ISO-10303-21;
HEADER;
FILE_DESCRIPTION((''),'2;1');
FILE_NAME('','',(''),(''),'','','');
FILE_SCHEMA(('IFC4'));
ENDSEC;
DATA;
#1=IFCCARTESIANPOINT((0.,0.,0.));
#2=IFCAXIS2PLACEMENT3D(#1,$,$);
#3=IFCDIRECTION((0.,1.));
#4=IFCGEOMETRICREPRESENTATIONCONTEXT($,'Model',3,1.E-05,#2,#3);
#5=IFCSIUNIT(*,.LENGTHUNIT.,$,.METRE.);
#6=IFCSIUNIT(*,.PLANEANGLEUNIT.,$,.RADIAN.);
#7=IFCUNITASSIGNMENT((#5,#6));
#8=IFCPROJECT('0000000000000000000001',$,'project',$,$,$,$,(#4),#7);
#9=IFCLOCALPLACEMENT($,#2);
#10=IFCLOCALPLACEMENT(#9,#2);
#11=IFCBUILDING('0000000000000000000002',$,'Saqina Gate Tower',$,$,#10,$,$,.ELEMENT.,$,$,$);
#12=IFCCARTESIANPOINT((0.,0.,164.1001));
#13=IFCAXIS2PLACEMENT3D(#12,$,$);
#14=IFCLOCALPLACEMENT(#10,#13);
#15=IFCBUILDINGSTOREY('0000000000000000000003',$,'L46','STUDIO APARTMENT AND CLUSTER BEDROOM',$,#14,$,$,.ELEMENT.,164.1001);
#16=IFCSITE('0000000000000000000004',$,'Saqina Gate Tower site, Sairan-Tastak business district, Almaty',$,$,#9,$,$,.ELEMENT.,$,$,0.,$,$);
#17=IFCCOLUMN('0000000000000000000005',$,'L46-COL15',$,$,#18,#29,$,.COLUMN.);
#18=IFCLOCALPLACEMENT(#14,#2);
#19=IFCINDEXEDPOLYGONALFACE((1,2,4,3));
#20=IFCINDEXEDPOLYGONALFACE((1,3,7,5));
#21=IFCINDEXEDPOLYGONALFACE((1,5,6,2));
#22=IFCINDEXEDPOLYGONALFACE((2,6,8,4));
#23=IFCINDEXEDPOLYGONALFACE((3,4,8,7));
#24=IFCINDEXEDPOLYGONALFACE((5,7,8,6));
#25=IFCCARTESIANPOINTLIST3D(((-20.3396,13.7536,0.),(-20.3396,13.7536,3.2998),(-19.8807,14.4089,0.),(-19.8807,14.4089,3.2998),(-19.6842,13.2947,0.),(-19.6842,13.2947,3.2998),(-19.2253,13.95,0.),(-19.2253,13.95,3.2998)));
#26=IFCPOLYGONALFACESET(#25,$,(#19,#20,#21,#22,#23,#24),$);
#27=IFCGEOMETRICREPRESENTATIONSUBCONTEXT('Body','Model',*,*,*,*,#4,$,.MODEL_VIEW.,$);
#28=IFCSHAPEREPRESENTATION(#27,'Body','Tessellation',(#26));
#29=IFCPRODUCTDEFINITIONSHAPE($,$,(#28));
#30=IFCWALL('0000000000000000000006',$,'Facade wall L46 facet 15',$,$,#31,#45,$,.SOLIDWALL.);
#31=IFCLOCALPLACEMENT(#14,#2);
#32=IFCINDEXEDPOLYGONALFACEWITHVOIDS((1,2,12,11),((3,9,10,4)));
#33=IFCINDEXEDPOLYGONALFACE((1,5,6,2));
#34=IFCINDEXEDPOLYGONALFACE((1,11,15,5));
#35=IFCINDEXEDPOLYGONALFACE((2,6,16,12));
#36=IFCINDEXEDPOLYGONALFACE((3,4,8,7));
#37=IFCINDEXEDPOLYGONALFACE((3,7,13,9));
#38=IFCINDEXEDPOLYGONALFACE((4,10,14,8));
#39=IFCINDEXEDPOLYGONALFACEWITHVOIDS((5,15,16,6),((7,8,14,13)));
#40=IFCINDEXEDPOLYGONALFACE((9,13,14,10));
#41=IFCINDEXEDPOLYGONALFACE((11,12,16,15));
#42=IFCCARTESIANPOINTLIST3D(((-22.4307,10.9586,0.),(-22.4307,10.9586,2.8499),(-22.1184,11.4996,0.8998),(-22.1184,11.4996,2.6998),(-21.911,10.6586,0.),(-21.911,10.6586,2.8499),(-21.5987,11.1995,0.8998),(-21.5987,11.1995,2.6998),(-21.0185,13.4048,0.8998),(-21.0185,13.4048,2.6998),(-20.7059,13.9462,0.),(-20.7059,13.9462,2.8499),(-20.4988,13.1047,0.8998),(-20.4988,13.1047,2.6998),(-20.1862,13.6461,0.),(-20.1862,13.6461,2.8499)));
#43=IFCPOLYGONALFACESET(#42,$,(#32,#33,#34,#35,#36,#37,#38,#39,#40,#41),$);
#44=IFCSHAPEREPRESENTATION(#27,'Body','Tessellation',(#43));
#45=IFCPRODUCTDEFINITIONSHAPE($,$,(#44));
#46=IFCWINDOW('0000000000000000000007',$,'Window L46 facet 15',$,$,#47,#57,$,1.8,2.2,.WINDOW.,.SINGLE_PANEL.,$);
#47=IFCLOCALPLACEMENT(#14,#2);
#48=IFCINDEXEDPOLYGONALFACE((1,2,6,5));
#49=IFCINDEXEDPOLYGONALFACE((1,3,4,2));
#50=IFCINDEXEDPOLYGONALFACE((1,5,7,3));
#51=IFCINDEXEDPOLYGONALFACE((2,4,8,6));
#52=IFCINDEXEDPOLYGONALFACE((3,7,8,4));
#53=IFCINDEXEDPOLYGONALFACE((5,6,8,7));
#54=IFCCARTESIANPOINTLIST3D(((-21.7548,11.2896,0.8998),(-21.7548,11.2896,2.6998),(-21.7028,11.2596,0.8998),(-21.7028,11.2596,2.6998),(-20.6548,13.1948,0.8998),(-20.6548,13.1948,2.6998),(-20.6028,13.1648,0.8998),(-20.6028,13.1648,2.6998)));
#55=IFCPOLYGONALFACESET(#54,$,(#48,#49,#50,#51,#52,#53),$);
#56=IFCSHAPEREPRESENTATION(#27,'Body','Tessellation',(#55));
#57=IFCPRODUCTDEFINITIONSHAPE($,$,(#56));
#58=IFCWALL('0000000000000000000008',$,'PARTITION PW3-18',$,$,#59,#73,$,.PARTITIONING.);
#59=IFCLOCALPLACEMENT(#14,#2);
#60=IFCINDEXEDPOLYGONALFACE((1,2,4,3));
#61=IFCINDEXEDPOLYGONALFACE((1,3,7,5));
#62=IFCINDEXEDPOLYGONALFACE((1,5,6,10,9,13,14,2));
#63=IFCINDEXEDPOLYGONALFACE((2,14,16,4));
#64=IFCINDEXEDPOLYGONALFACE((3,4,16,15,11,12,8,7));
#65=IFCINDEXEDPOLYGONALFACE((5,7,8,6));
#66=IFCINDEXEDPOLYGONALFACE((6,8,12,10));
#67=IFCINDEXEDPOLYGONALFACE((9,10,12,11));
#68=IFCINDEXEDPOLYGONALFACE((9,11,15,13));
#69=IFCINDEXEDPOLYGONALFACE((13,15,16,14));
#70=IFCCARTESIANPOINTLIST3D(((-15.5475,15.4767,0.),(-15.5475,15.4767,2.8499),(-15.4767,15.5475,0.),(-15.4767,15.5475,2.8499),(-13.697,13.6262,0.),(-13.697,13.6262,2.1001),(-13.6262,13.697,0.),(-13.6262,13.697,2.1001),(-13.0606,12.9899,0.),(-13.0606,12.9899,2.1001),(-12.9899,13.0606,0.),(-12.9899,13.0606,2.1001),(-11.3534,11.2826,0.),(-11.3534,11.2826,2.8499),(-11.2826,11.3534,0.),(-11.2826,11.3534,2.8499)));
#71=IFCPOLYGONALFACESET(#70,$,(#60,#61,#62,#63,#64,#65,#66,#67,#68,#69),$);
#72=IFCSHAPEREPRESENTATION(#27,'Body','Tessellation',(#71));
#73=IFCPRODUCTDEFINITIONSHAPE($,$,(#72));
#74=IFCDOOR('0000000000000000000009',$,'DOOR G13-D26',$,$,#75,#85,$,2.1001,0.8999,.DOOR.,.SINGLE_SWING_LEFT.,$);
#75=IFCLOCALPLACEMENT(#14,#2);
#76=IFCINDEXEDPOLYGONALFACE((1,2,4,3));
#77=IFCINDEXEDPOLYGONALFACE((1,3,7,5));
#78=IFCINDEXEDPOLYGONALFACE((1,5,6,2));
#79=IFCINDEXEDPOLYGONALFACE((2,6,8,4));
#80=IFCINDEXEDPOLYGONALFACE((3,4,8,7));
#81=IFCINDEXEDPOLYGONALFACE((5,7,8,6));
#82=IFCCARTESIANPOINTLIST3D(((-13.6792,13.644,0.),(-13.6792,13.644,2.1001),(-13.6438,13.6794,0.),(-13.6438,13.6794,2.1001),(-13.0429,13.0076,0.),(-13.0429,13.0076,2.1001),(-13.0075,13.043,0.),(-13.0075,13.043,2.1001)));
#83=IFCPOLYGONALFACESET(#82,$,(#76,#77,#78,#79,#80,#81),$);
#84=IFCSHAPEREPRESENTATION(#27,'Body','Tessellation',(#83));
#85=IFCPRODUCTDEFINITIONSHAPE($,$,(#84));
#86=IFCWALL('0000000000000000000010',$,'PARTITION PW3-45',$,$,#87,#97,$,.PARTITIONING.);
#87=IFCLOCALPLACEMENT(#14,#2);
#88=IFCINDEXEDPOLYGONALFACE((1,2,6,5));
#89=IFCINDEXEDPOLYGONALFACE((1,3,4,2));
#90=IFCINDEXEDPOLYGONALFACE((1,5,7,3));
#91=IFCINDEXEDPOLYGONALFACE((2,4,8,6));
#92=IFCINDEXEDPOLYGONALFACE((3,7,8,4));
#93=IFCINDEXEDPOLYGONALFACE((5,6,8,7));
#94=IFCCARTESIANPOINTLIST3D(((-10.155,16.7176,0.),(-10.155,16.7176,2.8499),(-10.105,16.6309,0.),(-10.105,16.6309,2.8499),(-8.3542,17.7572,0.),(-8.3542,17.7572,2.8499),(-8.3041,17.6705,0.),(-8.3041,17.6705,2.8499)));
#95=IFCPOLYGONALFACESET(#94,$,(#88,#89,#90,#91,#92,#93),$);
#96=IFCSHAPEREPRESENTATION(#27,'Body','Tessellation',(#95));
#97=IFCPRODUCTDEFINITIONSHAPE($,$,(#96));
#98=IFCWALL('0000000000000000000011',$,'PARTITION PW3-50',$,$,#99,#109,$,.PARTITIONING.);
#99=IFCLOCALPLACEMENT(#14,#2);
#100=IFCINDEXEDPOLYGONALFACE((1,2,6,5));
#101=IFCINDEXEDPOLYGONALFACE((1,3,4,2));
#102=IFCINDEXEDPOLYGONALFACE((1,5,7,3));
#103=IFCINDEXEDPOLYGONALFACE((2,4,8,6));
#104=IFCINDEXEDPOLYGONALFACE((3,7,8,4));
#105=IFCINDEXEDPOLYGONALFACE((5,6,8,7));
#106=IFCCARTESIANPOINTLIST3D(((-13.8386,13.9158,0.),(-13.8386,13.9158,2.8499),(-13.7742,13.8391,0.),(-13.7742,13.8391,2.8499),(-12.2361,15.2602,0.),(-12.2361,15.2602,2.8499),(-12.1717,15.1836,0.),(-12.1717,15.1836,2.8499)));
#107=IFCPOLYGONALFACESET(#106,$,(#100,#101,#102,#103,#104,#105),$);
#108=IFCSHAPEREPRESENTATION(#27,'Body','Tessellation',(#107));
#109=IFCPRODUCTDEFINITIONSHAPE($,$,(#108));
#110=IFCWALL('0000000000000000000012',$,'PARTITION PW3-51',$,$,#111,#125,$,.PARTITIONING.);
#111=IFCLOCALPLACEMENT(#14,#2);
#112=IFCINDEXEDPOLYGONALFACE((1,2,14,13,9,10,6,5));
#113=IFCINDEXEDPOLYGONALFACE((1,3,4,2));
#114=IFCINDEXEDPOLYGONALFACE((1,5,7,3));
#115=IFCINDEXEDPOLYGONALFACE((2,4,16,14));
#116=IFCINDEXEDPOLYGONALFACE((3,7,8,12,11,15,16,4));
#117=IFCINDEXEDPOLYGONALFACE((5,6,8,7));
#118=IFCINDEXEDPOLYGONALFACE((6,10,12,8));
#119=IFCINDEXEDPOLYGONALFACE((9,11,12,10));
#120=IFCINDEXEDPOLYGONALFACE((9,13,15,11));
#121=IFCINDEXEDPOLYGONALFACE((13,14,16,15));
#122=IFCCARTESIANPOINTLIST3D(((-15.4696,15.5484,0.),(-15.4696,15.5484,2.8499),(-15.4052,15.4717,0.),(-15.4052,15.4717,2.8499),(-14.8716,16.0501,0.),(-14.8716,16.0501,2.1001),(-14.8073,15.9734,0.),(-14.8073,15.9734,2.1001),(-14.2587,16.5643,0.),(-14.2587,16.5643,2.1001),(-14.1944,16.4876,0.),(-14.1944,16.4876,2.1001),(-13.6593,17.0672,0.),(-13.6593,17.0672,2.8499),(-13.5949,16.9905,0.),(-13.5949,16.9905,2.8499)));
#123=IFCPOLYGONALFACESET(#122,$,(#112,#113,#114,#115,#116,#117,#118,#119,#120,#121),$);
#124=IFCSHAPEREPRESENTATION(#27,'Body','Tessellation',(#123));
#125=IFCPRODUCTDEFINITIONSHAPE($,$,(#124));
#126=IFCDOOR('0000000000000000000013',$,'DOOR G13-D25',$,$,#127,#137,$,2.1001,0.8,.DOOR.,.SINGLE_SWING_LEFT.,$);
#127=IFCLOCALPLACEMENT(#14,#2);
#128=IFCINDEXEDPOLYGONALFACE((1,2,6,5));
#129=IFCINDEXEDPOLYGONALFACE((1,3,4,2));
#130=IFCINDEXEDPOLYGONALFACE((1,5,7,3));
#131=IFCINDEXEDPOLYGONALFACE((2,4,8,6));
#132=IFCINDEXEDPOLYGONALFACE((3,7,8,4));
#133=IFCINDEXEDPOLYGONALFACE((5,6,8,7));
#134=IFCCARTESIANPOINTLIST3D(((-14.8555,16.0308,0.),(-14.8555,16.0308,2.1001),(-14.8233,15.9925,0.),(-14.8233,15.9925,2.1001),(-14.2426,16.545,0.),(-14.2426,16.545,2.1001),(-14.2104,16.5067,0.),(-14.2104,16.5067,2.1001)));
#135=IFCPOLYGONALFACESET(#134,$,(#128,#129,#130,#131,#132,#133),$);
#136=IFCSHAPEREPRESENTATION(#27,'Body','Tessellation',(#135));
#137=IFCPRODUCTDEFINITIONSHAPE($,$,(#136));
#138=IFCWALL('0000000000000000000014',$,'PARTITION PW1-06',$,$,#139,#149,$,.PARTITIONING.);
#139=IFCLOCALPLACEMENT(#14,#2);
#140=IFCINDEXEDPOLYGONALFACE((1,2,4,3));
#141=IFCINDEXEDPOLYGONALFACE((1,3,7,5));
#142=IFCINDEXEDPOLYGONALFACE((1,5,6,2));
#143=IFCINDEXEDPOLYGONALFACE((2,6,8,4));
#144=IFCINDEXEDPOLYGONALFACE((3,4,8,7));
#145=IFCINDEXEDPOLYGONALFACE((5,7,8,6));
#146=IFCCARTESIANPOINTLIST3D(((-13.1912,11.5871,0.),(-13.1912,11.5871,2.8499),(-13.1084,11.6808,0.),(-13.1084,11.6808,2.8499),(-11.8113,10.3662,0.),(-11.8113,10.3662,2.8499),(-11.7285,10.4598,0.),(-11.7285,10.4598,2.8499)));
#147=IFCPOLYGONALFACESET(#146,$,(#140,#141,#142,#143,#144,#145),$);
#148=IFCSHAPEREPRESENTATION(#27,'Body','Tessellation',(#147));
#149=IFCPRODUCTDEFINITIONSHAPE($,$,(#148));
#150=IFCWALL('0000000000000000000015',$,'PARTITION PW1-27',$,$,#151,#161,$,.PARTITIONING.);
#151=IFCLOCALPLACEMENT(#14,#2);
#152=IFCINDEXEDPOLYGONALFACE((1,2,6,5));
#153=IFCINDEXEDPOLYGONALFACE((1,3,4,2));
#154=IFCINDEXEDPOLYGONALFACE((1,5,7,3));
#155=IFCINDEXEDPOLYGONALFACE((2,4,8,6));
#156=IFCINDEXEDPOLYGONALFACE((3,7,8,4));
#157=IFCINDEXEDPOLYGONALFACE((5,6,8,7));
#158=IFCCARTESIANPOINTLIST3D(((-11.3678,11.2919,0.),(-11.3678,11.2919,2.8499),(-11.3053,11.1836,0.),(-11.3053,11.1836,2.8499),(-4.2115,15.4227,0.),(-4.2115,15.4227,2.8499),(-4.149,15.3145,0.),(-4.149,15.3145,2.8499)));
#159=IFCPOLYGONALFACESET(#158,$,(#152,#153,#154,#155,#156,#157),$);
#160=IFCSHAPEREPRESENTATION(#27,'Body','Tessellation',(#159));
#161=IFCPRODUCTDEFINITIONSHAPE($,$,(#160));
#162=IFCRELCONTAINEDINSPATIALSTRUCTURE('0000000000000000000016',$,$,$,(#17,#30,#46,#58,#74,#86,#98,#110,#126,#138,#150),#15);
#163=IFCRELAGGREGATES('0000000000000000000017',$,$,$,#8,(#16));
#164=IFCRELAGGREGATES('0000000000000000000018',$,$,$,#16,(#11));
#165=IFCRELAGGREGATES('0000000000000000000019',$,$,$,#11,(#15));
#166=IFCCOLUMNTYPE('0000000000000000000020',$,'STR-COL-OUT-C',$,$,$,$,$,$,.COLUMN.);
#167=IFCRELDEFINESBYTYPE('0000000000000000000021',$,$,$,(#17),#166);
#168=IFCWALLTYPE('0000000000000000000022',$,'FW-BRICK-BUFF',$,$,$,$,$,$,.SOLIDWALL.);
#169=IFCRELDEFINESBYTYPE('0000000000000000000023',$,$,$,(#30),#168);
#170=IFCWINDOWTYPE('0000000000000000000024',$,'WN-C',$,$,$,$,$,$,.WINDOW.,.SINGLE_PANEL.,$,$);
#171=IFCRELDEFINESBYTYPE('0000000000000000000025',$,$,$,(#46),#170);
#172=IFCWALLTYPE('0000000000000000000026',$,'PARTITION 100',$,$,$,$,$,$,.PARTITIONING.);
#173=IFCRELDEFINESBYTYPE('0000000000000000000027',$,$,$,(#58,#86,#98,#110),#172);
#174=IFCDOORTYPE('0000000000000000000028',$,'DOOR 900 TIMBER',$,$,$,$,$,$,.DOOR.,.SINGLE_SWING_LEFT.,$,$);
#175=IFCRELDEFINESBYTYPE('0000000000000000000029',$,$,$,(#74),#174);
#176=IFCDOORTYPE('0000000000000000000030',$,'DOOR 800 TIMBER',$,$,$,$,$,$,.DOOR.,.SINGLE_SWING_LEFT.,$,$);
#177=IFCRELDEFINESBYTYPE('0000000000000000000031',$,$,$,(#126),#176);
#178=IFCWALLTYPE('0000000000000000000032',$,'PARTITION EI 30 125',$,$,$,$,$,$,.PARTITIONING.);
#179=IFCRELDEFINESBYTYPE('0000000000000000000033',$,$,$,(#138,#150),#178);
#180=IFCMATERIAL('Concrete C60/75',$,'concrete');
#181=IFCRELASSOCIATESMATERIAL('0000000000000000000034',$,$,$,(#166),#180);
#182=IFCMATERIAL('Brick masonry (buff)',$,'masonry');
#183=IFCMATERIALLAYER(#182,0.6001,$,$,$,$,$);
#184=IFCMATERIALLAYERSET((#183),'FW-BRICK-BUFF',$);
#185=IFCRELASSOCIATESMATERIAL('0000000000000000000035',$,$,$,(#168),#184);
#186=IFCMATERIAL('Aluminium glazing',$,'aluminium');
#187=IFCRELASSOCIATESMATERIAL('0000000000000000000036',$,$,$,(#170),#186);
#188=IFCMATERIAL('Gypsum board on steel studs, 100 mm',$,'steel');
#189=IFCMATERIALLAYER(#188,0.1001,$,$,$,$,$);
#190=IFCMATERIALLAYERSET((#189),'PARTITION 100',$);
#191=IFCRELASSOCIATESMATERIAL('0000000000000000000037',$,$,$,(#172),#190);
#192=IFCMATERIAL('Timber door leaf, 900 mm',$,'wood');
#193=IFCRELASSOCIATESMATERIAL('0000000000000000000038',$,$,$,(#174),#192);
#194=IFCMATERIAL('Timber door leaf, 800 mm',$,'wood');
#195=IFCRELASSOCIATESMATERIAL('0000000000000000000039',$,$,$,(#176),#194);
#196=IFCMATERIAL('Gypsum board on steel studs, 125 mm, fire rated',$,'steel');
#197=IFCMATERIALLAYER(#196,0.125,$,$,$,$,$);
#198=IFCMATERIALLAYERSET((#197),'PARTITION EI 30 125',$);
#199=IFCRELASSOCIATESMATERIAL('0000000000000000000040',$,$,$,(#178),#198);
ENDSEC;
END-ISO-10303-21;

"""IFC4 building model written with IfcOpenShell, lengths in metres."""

from ifc_helpers import new_model, si_unit, direction, frame, frame_2d, origin, origin_2d, place, context, subcontext, project, spatial, rectangle, extrude, material, layer, layer_set, material_profile, profile_set, type_object, element, fill, save


model = new_model("IFC4")

# Units and contexts
model_context = context("Model", 3, precision=1e-05, world=origin(), true_north=direction((0.0, 1.0)))
body_context = subcontext(model_context, "Body", "Model", "MODEL_VIEW")
ifc_project = project(units=[si_unit("LENGTHUNIT", "METRE"), si_unit("PLANEANGLEUNIT", "RADIAN")], contexts=[model_context])

# Site, building, storey
site_placement = place(None, origin())
site = spatial("IfcSite", under=ifc_project, at=site_placement, Name="Saqina Gate Tower site, Sairan-Tastak business district, Almaty", CompositionType="ELEMENT", RefElevation=0.0)
building_placement = place(site_placement, origin())
building = spatial("IfcBuilding", under=site, at=building_placement, Name="Saqina Gate Tower", CompositionType="ELEMENT")
storey_placement = place(building_placement, frame((0.0, 0.0, 164.1001)))
storey = spatial("IfcBuildingStorey", under=building, at=storey_placement, Name="L46", Description="STUDIO APARTMENT AND CLUSTER BEDROOM", CompositionType="ELEMENT", Elevation=164.1001)

# Column
ifc_material_1 = material(Name="Concrete C60/75", Category="concrete")
ifc_material_profile = material_profile(ifc_material_1, rectangle(XDim=0.8, YDim=0.8, at=origin_2d()), Name="RC 800x800")
ifc_profile_set = profile_set([ifc_material_profile], Name="Concrete C60/75")
column_type = type_object("IfcColumnType", Name="STR-COL-OUT-C", PredefinedType="COLUMN", material=ifc_profile_set)
column_placement = place(storey_placement, frame((-19.7825, 13.8518, 0.0), z_axis=(0.0, 0.0, 1.0), x_axis=(-0.819152, 0.573576, 0.0)))
element("IfcColumn", 1, at=column_placement, inside=storey, type_object=column_type, Name="L46-COL15", PredefinedType="COLUMN", context=body_context, shape_type="SweptSolid", body=[
    extrude(rectangle(XDim=0.8, YDim=0.8, at=origin_2d()), origin(), (0.0, 0.0, 1.0), 3.2998),
])

# Wall, opening, window
ifc_material_2 = material(Name="Brick masonry (buff)", Category="masonry")
ifc_layer_1 = layer(ifc_material_2, 0.6001)
ifc_layer_set_1 = layer_set([ifc_layer_1], Name="FW-BRICK-BUFF")
wall_type_1 = type_object("IfcWallType", Name="FW-BRICK-BUFF", PredefinedType="SOLIDWALL", material=ifc_layer_set_1)
wall_1_placement = place(storey_placement, frame((-20.446, 13.7961, 0.0), z_axis=(0.0, 0.0, 1.0), x_axis=(-0.499998, -0.866026, 0.0)))
wall_1 = element("IfcWall", 2, at=wall_1_placement, inside=storey, type_object=wall_type_1, Name="Facade wall L46 facet 15", PredefinedType="SOLIDWALL", context=body_context, shape_type="SweptSolid", body=[
    extrude(rectangle(XDim=3.4497, YDim=0.6001, at=frame_2d((1.7249, 0.0))), origin(), (0.0, 0.0, 1.0), 2.8499),
])
opening_1_placement = place(wall_1_placement, frame((0.625, 0.0, 0.8999)))
opening_1 = element("IfcOpeningElement", 3, at=opening_1_placement, cuts=wall_1, PredefinedType="OPENING", context=body_context, shape_type="SweptSolid", body=[
    extrude(rectangle(XDim=2.2, YDim=1.8, at=frame_2d((1.1001, 0.8999))), frame((0.0, 0.312, 0.0), z_axis=(0.0, -1.0, 0.0), x_axis=(1.0, 0.0, 0.0)), (0.0, 0.0, 1.0), 0.624),
])
ifc_material_3 = material(Name="Aluminium glazing", Category="aluminium")
window_type = type_object("IfcWindowType", Name="WN-C", PartitioningType="SINGLE_PANEL", PredefinedType="WINDOW", material=ifc_material_3)
window_placement = place(opening_1_placement, origin())
window = element("IfcWindow", 4, at=window_placement, inside=storey, type_object=window_type, Name="Window L46 facet 15", OverallHeight=1.8, OverallWidth=2.2, PartitioningType="SINGLE_PANEL", PredefinedType="WINDOW", context=body_context, shape_type="SweptSolid", body=[
    extrude(rectangle(XDim=2.2, YDim=1.8, at=frame_2d((1.1001, 0.8999))), frame((0.0, 0.1799, 0.0), z_axis=(0.0, -1.0, 0.0), x_axis=(1.0, 0.0, 0.0)), (0.0, 0.0, 1.0), 0.0601),
])
fill(opening_1, window)

# Wall, opening, door
ifc_material_4 = material(Name="Gypsum board on steel studs, 100 mm", Category="steel")
ifc_layer_2 = layer(ifc_material_4, 0.1001)
ifc_layer_set_2 = layer_set([ifc_layer_2], Name="PARTITION 100")
wall_type_2 = type_object("IfcWallType", Name="PARTITION 100", PredefinedType="PARTITIONING", material=ifc_layer_set_2)
wall_2_placement = place(storey_placement, frame((-15.5122, 15.5122, 0.0), z_axis=(0.0, 0.0, 1.0), x_axis=(0.707107, -0.707107, 0.0)))
wall_2 = element("IfcWall", 5, at=wall_2_placement, inside=storey, type_object=wall_type_2, Name="PARTITION PW3-18", PredefinedType="PARTITIONING", context=body_context, shape_type="SweptSolid", body=[
    extrude(rectangle(XDim=5.9314, YDim=0.1001, at=frame_2d((2.9658, 0.0))), origin(), (0.0, 0.0, 1.0), 2.8499),
])
opening_2_placement = place(wall_2_placement, frame((2.6172, 0.0, 0.0)))
opening_2 = element("IfcOpeningElement", 6, at=opening_2_placement, cuts=wall_2, PredefinedType="OPENING", context=body_context, shape_type="SweptSolid", body=[
    extrude(rectangle(XDim=0.8999, YDim=2.1001, at=frame_2d((0.45, 1.05))), frame((0.0, 0.062, 0.0), z_axis=(0.0, -1.0, 0.0), x_axis=(1.0, 0.0, 0.0)), (0.0, 0.0, 1.0), 0.124),
])
ifc_material_5 = material(Name="Timber door leaf, 900 mm", Category="wood")
door_type_1 = type_object("IfcDoorType", Name="DOOR 900 TIMBER", OperationType="SINGLE_SWING_LEFT", PredefinedType="DOOR", material=ifc_material_5)
door_1_placement = place(opening_2_placement, frame((0.8999, 0.0, 0.0), z_axis=(0.0, 0.0, 1.0), x_axis=(-1.0, 0.0, 0.0)))
door_1 = element("IfcDoor", 7, at=door_1_placement, inside=storey, type_object=door_type_1, Name="DOOR G13-D26", OperationType="SINGLE_SWING_LEFT", OverallHeight=2.1001, OverallWidth=0.8999, PredefinedType="DOOR", context=body_context, shape_type="SweptSolid", body=[
    extrude(rectangle(XDim=0.8999, YDim=2.1001, at=frame_2d((0.45, 1.05))), frame((0.0, 0.0249, 0.0), z_axis=(0.0, -1.0, 0.0), x_axis=(1.0, 0.0, 0.0)), (0.0, 0.0, 1.0), 0.05),
])
fill(opening_2, door_1)

# Walls
wall_3_placement = place(storey_placement, frame((-10.1299, 16.6743, 0.0), z_axis=(0.0, 0.0, 1.0), x_axis=(0.866053, 0.499953, 0.0)))
element("IfcWall", 8, at=wall_3_placement, inside=storey, type_object=wall_type_2, Name="PARTITION PW3-45", PredefinedType="PARTITIONING", context=body_context, shape_type="SweptSolid", body=[
    extrude(rectangle(XDim=2.0793, YDim=0.1001, at=frame_2d((1.0396, 0.0))), origin(), (0.0, 0.0, 1.0), 2.8499),
])
wall_4_placement = place(storey_placement, frame((-13.8064, 13.8774, 0.0), z_axis=(0.0, 0.0, 1.0), x_axis=(0.766093, 0.642729, 0.0)))
element("IfcWall", 9, at=wall_4_placement, inside=storey, type_object=wall_type_2, Name="PARTITION PW3-50", PredefinedType="PARTITIONING", context=body_context, shape_type="SweptSolid", body=[
    extrude(rectangle(XDim=2.0918, YDim=0.1001, at=frame_2d((1.0459, 0.0))), origin(), (0.0, 0.0, 1.0), 2.8499),
])

# Wall, opening, door
wall_5_placement = place(storey_placement, frame((-15.4375, 15.51, 0.0), z_axis=(0.0, 0.0, 1.0), x_axis=(0.766091, 0.642732, 0.0)))
wall_5 = element("IfcWall", 10, at=wall_5_placement, inside=storey, type_object=wall_type_2, Name="PARTITION PW3-51", PredefinedType="PARTITIONING", context=body_context, shape_type="SweptSolid", body=[
    extrude(rectangle(XDim=2.363, YDim=0.1001, at=frame_2d((1.1816, 0.0))), origin(), (0.0, 0.0, 1.0), 2.8499),
])
opening_3_placement = place(wall_5_placement, frame((0.7808, 0.0, 0.0)))
opening_3 = element("IfcOpeningElement", 11, at=opening_3_placement, cuts=wall_5, PredefinedType="OPENING", context=body_context, shape_type="SweptSolid", body=[
    extrude(rectangle(XDim=0.8, YDim=2.1001, at=frame_2d((0.3999, 1.05))), frame((0.0, 0.062, 0.0), z_axis=(0.0, -1.0, 0.0), x_axis=(1.0, 0.0, 0.0)), (0.0, 0.0, 1.0), 0.124),
])
ifc_material_6 = material(Name="Timber door leaf, 800 mm", Category="wood")
door_type_2 = type_object("IfcDoorType", Name="DOOR 800 TIMBER", OperationType="SINGLE_SWING_LEFT", PredefinedType="DOOR", material=ifc_material_6)
door_2_placement = place(opening_3_placement, origin())
door_2 = element("IfcDoor", 12, at=door_2_placement, inside=storey, type_object=door_type_2, Name="DOOR G13-D25", OperationType="SINGLE_SWING_LEFT", OverallHeight=2.1001, OverallWidth=0.8, PredefinedType="DOOR", context=body_context, shape_type="SweptSolid", body=[
    extrude(rectangle(XDim=0.8, YDim=2.1001, at=frame_2d((0.3999, 1.05))), frame((0.0, 0.0249, 0.0), z_axis=(0.0, -1.0, 0.0), x_axis=(1.0, 0.0, 0.0)), (0.0, 0.0, 1.0), 0.05),
])
fill(opening_3, door_2)

# Walls
ifc_material_7 = material(Name="Gypsum board on steel studs, 125 mm, fire rated", Category="steel")
ifc_layer_3 = layer(ifc_material_7, 0.125)
ifc_layer_set_3 = layer_set([ifc_layer_3], Name="PARTITION EI 30 125")
wall_type_3 = type_object("IfcWallType", Name="PARTITION EI 30 125", PredefinedType="PARTITIONING", material=ifc_layer_set_3)
wall_6_placement = place(storey_placement, frame((-13.1499, 11.634, 0.0), z_axis=(0.0, 0.0, 1.0), x_axis=(0.748921, -0.66266, 0.0)))
element("IfcWall", 13, at=wall_6_placement, inside=storey, type_object=wall_type_3, Name="PARTITION PW1-06", PredefinedType="PARTITIONING", context=body_context, shape_type="SweptSolid", body=[
    extrude(rectangle(XDim=1.8425, YDim=0.125, at=frame_2d((0.9214, 0.0))), origin(), (0.0, 0.0, 1.0), 2.8499),
])
wall_7_placement = place(storey_placement, frame((-11.3364, 11.2378, 0.0), z_axis=(0.0, 0.0, 1.0), x_axis=(0.866068, 0.499927, 0.0)))
element("IfcWall", 14, at=wall_7_placement, inside=storey, type_object=wall_type_3, Name="PARTITION PW1-27", PredefinedType="PARTITIONING", context=body_context, shape_type="SweptSolid", body=[
    extrude(rectangle(XDim=8.2629, YDim=0.125, at=frame_2d((4.1313, 0.0))), origin(), (0.0, 0.0, 1.0), 2.8499),
])

save(model, "model.ifc")
